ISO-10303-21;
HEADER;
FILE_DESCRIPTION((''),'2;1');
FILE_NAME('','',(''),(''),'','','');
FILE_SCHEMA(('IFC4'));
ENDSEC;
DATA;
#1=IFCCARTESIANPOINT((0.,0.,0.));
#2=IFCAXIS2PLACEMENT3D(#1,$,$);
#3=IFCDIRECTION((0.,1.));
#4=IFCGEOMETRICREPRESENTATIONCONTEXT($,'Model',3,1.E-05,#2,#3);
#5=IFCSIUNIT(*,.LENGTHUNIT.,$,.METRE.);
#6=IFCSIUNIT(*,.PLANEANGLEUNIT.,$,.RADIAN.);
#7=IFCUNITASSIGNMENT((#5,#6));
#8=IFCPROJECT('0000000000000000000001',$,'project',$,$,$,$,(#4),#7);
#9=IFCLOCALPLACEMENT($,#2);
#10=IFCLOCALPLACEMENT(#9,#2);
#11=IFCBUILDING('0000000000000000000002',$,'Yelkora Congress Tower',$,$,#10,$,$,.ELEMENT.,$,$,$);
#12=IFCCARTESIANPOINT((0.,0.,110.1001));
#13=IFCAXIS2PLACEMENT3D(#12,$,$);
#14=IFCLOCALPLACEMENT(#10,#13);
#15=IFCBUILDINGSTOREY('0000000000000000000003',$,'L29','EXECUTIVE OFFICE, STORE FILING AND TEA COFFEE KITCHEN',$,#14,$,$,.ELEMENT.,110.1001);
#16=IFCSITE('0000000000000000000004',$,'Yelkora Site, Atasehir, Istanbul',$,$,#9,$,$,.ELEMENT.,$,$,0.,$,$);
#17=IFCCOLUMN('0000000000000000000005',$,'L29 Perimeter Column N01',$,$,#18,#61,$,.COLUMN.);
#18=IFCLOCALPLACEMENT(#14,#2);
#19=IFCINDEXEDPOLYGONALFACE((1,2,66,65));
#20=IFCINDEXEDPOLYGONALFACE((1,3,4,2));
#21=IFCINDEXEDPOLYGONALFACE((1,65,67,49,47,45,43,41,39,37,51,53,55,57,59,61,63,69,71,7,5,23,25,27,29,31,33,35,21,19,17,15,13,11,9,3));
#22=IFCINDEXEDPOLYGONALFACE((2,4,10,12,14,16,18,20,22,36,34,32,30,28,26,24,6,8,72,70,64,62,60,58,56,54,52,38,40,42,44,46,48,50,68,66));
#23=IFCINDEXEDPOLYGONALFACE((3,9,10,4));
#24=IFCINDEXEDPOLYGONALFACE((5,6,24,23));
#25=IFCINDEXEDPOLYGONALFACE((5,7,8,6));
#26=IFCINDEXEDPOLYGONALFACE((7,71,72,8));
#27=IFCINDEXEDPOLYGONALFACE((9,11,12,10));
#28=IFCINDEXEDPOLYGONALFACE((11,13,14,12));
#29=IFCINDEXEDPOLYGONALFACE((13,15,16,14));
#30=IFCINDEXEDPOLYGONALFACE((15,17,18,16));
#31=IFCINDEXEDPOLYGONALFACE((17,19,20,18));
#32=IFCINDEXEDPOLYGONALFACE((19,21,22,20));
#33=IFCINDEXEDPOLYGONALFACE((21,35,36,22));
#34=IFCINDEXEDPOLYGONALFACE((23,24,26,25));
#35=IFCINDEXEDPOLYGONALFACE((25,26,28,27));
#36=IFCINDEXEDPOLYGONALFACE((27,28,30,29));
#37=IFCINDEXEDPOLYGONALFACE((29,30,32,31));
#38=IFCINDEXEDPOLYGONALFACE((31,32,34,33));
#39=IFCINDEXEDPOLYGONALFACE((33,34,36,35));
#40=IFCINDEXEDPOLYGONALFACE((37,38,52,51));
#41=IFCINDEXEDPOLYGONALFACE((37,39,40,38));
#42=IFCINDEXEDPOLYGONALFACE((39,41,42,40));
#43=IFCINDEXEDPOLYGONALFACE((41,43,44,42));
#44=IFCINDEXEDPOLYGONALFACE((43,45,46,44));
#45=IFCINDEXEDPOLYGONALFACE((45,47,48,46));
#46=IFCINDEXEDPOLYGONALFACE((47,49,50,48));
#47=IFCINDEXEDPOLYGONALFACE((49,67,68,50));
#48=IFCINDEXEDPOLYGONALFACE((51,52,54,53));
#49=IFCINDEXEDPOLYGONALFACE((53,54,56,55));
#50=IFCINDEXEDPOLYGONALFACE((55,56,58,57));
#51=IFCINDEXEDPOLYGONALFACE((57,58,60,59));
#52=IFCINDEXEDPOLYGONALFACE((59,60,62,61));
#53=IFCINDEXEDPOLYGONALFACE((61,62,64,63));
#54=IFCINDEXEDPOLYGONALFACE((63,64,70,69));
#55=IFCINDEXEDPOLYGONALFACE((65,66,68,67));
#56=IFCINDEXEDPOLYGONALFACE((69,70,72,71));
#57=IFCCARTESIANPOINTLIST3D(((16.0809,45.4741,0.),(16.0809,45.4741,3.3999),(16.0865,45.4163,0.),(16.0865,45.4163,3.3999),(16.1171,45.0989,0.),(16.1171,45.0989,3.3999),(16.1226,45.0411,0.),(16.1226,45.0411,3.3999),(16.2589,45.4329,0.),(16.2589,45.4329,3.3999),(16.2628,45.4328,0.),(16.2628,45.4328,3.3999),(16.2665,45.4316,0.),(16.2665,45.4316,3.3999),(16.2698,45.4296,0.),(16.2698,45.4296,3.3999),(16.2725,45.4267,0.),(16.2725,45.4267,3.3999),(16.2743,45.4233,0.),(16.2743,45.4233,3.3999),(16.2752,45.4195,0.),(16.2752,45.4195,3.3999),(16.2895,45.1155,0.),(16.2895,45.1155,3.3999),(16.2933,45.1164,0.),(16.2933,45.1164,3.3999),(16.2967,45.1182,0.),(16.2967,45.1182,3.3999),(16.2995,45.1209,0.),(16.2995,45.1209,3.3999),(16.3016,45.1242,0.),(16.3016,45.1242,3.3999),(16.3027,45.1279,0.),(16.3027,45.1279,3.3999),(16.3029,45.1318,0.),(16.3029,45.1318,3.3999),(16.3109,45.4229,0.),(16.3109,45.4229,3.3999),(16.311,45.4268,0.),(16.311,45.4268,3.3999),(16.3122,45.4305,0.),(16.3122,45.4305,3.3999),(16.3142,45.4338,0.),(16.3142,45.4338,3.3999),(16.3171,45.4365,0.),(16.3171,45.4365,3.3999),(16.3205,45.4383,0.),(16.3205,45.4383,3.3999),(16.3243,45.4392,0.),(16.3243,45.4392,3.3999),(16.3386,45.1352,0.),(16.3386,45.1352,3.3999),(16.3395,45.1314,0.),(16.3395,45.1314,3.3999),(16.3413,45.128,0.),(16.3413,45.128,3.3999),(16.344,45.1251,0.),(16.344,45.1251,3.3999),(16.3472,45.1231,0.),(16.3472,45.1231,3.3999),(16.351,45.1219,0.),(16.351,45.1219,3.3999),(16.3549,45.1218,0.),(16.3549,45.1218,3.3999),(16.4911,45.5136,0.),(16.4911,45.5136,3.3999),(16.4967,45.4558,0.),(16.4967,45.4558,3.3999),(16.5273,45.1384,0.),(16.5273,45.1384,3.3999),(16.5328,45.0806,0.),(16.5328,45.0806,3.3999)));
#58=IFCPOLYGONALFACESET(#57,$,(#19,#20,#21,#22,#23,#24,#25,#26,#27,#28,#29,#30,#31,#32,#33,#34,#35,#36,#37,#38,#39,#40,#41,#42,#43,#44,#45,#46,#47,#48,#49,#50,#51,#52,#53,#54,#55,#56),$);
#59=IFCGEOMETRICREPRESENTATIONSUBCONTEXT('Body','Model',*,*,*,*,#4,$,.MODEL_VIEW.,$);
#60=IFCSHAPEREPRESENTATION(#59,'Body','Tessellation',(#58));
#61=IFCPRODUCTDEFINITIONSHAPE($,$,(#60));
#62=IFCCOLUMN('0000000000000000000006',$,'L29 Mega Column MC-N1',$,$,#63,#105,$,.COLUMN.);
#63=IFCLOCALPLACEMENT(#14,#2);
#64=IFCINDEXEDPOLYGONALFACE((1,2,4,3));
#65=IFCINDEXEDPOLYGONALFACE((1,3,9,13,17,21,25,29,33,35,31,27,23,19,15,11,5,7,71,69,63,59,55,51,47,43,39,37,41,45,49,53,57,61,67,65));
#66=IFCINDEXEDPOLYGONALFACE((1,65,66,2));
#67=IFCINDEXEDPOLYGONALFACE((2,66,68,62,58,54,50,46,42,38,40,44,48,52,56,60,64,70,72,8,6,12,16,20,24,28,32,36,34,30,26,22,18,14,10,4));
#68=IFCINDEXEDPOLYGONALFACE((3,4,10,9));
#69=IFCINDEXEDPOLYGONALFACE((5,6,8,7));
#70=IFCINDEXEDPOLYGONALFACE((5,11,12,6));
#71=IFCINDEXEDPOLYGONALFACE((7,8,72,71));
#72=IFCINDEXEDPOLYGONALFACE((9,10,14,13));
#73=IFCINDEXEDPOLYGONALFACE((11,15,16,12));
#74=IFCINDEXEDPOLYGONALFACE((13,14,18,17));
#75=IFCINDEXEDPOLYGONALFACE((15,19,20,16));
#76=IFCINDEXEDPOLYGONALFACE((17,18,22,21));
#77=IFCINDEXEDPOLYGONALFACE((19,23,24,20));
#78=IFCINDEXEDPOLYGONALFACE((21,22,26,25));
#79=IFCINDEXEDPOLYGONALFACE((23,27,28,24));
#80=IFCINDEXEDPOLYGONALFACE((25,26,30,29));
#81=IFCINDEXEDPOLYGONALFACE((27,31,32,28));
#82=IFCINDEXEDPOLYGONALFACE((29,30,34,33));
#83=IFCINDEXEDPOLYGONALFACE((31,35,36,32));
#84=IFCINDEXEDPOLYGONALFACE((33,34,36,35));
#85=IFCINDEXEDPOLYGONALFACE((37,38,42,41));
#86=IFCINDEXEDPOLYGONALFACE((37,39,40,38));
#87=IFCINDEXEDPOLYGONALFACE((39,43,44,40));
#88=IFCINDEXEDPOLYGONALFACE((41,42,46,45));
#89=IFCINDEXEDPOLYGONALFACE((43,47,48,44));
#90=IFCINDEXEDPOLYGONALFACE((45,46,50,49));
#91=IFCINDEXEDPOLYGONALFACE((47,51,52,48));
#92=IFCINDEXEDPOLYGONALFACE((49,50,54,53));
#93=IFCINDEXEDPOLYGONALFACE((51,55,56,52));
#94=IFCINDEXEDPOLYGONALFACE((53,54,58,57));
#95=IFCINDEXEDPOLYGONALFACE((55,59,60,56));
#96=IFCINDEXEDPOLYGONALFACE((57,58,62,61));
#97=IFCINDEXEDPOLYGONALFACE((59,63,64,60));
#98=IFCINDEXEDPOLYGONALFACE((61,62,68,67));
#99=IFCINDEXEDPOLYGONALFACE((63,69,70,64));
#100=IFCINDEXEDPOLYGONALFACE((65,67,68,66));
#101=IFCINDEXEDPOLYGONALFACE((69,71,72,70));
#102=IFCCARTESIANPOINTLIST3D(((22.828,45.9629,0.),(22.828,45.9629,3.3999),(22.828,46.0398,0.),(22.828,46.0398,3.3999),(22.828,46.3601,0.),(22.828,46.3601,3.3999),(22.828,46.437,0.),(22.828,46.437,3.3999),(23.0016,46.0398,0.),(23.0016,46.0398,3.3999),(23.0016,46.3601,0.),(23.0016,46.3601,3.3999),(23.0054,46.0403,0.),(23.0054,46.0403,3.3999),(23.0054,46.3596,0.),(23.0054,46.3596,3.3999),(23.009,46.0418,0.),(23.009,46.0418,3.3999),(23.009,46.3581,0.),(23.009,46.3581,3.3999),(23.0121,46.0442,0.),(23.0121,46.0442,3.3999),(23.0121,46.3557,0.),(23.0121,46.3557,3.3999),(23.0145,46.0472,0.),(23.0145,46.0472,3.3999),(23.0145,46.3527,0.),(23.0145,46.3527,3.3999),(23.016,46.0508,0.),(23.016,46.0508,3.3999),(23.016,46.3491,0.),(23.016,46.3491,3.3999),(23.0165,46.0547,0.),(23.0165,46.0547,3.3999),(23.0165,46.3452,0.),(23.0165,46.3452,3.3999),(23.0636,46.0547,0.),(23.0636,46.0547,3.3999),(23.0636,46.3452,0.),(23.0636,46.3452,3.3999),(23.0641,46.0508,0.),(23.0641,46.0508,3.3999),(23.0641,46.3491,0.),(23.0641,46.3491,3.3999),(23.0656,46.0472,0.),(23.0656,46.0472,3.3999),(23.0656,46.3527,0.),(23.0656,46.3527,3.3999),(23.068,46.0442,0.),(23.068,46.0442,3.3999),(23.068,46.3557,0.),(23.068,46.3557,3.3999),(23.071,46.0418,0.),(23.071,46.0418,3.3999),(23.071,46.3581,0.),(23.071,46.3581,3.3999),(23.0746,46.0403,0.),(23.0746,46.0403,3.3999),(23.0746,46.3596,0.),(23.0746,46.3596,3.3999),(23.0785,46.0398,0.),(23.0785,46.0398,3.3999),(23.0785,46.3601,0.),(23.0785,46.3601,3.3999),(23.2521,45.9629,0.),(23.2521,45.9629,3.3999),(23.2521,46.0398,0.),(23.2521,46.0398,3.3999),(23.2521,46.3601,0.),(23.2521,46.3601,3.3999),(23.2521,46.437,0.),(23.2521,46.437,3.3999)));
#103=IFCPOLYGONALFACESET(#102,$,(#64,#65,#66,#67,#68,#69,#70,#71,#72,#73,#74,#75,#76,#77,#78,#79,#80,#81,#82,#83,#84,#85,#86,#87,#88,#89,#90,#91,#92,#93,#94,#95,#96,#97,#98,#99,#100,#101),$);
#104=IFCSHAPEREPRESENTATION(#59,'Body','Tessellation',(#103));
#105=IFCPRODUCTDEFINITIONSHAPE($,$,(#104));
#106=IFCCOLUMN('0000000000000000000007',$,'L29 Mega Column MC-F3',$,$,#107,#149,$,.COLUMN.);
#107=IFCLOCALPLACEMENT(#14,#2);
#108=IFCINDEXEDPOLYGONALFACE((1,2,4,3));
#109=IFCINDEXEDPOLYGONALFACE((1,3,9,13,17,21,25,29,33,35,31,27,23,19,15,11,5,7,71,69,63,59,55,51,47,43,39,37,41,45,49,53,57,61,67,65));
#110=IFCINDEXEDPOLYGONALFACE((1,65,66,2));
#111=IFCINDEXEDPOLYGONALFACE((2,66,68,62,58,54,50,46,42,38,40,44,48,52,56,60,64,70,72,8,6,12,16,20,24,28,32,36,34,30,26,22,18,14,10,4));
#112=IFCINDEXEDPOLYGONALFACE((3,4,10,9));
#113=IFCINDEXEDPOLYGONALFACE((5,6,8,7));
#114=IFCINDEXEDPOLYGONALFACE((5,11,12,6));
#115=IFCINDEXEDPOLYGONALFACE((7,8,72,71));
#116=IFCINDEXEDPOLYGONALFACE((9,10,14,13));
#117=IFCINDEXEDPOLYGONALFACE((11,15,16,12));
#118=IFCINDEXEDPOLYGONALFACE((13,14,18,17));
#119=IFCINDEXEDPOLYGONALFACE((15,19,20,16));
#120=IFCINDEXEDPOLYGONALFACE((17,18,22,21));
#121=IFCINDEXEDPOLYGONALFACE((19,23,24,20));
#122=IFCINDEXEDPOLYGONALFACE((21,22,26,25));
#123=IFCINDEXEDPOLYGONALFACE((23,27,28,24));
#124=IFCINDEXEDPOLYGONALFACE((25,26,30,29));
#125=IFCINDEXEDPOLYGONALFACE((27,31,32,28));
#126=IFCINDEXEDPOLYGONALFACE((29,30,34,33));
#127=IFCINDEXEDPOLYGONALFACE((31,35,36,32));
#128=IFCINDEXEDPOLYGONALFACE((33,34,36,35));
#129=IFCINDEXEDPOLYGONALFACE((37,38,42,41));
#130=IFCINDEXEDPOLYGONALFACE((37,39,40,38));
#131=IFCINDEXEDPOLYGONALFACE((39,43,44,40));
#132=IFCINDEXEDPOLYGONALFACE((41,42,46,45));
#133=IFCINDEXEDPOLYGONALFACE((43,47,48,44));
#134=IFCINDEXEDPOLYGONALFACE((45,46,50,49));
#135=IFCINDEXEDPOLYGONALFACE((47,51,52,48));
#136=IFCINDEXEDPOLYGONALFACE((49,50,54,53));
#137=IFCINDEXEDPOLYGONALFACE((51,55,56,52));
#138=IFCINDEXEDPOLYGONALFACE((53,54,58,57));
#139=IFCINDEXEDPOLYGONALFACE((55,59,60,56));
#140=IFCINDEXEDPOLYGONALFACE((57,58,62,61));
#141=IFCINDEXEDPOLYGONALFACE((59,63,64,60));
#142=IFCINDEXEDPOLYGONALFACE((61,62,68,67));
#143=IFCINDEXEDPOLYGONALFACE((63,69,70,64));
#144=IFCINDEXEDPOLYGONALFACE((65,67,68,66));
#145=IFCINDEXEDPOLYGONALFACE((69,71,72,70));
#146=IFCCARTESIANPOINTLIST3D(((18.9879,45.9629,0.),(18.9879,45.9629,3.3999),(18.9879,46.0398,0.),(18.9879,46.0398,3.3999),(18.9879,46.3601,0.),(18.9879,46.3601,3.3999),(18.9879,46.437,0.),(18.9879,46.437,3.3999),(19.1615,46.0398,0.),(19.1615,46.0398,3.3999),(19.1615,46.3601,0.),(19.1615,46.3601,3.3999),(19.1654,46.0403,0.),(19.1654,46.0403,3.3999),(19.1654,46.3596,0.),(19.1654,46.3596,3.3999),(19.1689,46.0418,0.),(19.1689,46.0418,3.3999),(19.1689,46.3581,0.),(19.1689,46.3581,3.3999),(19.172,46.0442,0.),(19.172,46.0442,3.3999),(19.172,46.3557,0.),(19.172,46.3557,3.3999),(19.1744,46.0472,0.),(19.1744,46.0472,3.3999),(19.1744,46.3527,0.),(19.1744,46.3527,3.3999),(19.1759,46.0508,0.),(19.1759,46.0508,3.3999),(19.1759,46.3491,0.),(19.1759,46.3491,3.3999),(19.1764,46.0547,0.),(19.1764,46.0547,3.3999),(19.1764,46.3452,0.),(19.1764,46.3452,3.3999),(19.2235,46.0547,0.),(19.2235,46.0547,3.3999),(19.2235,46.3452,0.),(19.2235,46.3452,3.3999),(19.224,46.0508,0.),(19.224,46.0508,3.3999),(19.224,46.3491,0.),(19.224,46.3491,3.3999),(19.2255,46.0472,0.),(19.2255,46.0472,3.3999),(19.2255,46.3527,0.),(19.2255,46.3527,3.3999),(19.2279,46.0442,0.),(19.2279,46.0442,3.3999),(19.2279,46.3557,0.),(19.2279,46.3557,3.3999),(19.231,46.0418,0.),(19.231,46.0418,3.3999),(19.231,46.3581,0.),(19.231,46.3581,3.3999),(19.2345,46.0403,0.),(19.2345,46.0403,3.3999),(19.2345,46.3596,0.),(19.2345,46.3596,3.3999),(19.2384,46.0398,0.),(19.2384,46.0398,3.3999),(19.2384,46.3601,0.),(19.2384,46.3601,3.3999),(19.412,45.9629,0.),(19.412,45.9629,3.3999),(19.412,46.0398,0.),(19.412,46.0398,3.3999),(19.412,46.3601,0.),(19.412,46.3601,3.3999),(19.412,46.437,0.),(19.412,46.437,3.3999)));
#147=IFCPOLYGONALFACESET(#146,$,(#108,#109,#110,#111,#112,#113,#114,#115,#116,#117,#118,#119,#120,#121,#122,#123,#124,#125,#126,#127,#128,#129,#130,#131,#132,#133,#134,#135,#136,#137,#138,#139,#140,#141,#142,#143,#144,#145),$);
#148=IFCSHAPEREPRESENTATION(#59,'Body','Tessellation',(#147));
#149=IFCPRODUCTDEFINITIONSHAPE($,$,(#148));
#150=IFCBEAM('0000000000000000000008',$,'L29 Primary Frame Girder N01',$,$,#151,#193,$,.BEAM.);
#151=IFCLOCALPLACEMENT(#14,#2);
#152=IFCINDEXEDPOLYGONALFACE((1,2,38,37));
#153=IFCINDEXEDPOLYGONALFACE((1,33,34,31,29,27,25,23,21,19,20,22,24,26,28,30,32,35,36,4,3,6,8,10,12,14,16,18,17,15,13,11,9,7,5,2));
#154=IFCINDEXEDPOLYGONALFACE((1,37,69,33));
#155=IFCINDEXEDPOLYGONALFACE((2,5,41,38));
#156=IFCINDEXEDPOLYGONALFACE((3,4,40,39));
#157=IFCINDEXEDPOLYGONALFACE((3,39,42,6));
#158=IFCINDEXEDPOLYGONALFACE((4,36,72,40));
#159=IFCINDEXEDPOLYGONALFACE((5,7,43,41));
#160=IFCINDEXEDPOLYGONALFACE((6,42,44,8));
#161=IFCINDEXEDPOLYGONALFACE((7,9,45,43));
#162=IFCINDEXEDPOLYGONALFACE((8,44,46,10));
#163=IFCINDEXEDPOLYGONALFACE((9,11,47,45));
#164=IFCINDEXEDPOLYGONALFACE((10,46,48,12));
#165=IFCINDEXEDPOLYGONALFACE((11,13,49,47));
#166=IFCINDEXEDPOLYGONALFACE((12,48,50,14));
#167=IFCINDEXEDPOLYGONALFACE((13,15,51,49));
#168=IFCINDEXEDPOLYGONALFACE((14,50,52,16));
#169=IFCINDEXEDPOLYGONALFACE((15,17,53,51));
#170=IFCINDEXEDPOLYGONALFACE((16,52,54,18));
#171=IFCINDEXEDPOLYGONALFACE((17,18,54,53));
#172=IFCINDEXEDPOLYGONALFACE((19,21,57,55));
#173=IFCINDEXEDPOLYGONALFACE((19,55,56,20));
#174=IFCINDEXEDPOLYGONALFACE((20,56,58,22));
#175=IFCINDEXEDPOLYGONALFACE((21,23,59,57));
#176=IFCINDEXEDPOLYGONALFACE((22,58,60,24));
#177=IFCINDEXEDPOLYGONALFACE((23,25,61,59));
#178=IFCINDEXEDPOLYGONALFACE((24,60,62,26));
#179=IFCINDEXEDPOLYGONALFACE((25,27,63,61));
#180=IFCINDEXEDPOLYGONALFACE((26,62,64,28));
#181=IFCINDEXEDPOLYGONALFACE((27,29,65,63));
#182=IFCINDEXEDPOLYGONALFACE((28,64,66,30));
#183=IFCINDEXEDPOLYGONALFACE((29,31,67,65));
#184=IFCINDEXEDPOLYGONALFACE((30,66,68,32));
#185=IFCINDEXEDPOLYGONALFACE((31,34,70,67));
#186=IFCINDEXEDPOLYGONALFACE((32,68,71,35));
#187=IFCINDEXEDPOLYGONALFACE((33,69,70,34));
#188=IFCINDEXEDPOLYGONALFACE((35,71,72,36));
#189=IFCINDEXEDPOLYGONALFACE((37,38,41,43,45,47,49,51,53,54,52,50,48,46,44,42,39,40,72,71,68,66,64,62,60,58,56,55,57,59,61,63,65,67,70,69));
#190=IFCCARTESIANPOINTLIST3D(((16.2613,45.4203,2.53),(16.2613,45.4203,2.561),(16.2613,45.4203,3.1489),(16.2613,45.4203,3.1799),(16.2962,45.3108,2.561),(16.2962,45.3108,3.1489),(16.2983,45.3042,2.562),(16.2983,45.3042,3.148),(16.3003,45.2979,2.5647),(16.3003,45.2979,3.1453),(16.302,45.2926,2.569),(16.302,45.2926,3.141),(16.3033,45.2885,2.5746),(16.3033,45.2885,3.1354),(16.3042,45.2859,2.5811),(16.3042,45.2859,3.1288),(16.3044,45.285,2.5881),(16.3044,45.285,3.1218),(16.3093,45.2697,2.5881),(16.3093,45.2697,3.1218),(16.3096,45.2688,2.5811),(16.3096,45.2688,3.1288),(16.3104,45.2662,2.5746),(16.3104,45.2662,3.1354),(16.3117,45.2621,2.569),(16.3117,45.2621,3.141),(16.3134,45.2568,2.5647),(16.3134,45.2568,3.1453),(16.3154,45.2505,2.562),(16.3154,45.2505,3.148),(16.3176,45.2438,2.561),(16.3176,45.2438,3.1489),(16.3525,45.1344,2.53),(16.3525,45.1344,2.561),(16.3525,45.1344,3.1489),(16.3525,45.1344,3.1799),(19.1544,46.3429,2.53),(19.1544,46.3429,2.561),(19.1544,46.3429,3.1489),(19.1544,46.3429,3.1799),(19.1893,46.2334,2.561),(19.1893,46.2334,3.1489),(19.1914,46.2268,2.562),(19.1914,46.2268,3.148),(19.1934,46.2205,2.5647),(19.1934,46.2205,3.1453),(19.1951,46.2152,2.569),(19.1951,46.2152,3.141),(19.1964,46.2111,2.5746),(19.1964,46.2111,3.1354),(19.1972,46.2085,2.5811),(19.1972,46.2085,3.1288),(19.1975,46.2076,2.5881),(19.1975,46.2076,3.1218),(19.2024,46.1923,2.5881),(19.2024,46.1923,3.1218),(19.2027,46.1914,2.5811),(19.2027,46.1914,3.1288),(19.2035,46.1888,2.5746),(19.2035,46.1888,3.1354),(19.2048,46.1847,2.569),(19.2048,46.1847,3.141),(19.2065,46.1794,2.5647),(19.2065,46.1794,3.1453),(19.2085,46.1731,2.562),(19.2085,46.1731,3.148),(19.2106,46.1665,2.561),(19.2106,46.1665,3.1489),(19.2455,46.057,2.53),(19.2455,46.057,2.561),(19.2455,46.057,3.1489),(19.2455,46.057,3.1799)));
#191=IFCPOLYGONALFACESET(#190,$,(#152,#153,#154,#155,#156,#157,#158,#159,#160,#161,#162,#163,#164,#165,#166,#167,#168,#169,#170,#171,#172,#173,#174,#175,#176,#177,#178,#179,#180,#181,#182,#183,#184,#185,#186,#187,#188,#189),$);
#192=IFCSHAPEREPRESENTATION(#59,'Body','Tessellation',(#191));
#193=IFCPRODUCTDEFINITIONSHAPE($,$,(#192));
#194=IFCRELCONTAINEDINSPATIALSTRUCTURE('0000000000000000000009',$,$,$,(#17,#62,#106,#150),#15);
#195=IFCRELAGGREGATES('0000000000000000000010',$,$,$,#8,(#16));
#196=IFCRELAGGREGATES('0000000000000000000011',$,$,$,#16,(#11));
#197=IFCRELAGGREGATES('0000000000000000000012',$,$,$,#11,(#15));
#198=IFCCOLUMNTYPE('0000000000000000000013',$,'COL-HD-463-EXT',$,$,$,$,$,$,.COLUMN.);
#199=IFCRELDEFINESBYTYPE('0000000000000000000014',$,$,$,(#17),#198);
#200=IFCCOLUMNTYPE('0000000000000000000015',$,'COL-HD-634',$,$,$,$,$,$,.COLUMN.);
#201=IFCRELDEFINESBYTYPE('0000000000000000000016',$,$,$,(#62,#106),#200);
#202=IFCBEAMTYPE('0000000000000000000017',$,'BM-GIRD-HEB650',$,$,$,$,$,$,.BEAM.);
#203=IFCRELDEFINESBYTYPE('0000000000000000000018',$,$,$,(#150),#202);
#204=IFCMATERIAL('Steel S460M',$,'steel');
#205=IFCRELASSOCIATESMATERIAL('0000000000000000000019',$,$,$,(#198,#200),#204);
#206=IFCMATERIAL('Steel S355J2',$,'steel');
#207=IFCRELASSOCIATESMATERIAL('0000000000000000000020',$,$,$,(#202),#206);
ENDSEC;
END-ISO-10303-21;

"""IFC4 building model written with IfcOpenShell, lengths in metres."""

from ifc_helpers import new_model, si_unit, direction, frame, origin, origin_2d, place, context, subcontext, project, spatial, i_section, extrude, material, material_profile, profile_set, type_object, element, save


model = new_model("IFC4")

# Units and contexts
model_context = context("Model", 3, precision=1e-05, world=origin(), true_north=direction((0.0, 1.0)))
body_context = subcontext(model_context, "Body", "Model", "MODEL_VIEW")
ifc_project = project(units=[si_unit("LENGTHUNIT", "METRE"), si_unit("PLANEANGLEUNIT", "RADIAN")], contexts=[model_context])

# Site, building, storey
site_placement = place(None, origin())
site = spatial("IfcSite", under=ifc_project, at=site_placement, Name="Yelkora Site, Atasehir, Istanbul", CompositionType="ELEMENT", RefElevation=0.0)
building_placement = place(site_placement, origin())
building = spatial("IfcBuilding", under=site, at=building_placement, Name="Yelkora Congress Tower", CompositionType="ELEMENT")
storey_placement = place(building_placement, frame((0.0, 0.0, 110.1001)))
storey = spatial("IfcBuildingStorey", under=building, at=storey_placement, Name="L29", Description="EXECUTIVE OFFICE, STORE FILING AND TEA COFFEE KITCHEN", CompositionType="ELEMENT", Elevation=110.1001)

# Columns
ifc_material_1 = material(Name="Steel S460M", Category="steel")
ifc_material_profile_1 = material_profile(ifc_material_1, i_section(OverallWidth=0.4121, OverallDepth=0.4351, WebThickness=0.0359, FlangeThickness=0.0581, FilletRadius=0.0149, at=origin_2d()), Name="HD 400x463")
ifc_profile_set_1 = profile_set([ifc_material_profile_1], Name="Steel S460M")
column_type_1 = type_object("IfcColumnType", Name="COL-HD-463-EXT", PredefinedType="COLUMN", material=ifc_profile_set_1)
column_placement = place(storey_placement, frame((16.3069, 45.2773, 0.0), z_axis=(0.0, 0.0, 1.0), x_axis=(0.995396, 0.095846, 0.0)))
element("IfcColumn", 1, at=column_placement, inside=storey, type_object=column_type_1, Name="L29 Perimeter Column N01", PredefinedType="COLUMN", context=body_context, shape_type="SweptSolid", body=[
    extrude(i_section(OverallWidth=0.4121, OverallDepth=0.4351, WebThickness=0.0359, FlangeThickness=0.0581, FilletRadius=0.0149, at=origin_2d()), origin(), (0.0, 0.0, 1.0), 3.3999),
])
ifc_material_profile_2 = material_profile(ifc_material_1, i_section(OverallWidth=0.4241, OverallDepth=0.4741, WebThickness=0.0471, FlangeThickness=0.0769, FilletRadius=0.0149, at=origin_2d()), Name="HD 400x634")
ifc_profile_set_2 = profile_set([ifc_material_profile_2], Name="Steel S460M")
column_type_2 = type_object("IfcColumnType", Name="COL-HD-634", PredefinedType="COLUMN", material=ifc_profile_set_2)
for number, where, z_axis, x_axis, name in (
    (2, (23.04, 46.2, 0.0), (0.0, 0.0, 1.0), (1.0, 0.0, 0.0), "L29 Mega Column MC-N1"),
    (3, (19.2, 46.2, 0.0), (0.0, 0.0, 1.0), (1.0, 0.0, 0.0), "L29 Mega Column MC-F3"),
):
    element("IfcColumn", number, at=place(storey_placement, frame(where, z_axis=z_axis, x_axis=x_axis)), inside=storey, type_object=column_type_2, Name=name, PredefinedType="COLUMN", context=body_context, shape_type="SweptSolid", body=[
        extrude(i_section(OverallWidth=0.4241, OverallDepth=0.4741, WebThickness=0.0471, FlangeThickness=0.0769, FilletRadius=0.0149, at=origin_2d()), origin(), (0.0, 0.0, 1.0), 3.3999),
    ])

# Beam
ifc_material_2 = material(Name="Steel S355J2", Category="steel")
ifc_material_profile_3 = material_profile(ifc_material_2, i_section(OverallWidth=0.3, OverallDepth=0.6499, WebThickness=0.0161, FlangeThickness=0.031, FilletRadius=0.0271, at=origin_2d()), Name="HEB 650")
ifc_profile_set_3 = profile_set([ifc_material_profile_3], Name="Steel S355J2")
beam_type_1 = type_object("IfcBeamType", Name="BM-GIRD-HEB650", PredefinedType="BEAM", material=ifc_profile_set_3)
beam_1_placement = place(storey_placement, frame((16.3069, 45.2773, 2.855), z_axis=(0.952727, 0.303827, 0.0), x_axis=(-0.303827, 0.952727, 0.0)))
element("IfcBeam", 4, at=beam_1_placement, inside=storey, type_object=beam_type_1, Name="L29 Primary Frame Girder N01", PredefinedType="BEAM", context=body_context, shape_type="SweptSolid", body=[
    extrude(i_section(OverallWidth=0.3, OverallDepth=0.6499, WebThickness=0.0161, FlangeThickness=0.031, FilletRadius=0.0271, at=origin_2d()), origin(), (0.0, 0.0, 1.0), 3.0366),
])

save(model, "model.ifc")
